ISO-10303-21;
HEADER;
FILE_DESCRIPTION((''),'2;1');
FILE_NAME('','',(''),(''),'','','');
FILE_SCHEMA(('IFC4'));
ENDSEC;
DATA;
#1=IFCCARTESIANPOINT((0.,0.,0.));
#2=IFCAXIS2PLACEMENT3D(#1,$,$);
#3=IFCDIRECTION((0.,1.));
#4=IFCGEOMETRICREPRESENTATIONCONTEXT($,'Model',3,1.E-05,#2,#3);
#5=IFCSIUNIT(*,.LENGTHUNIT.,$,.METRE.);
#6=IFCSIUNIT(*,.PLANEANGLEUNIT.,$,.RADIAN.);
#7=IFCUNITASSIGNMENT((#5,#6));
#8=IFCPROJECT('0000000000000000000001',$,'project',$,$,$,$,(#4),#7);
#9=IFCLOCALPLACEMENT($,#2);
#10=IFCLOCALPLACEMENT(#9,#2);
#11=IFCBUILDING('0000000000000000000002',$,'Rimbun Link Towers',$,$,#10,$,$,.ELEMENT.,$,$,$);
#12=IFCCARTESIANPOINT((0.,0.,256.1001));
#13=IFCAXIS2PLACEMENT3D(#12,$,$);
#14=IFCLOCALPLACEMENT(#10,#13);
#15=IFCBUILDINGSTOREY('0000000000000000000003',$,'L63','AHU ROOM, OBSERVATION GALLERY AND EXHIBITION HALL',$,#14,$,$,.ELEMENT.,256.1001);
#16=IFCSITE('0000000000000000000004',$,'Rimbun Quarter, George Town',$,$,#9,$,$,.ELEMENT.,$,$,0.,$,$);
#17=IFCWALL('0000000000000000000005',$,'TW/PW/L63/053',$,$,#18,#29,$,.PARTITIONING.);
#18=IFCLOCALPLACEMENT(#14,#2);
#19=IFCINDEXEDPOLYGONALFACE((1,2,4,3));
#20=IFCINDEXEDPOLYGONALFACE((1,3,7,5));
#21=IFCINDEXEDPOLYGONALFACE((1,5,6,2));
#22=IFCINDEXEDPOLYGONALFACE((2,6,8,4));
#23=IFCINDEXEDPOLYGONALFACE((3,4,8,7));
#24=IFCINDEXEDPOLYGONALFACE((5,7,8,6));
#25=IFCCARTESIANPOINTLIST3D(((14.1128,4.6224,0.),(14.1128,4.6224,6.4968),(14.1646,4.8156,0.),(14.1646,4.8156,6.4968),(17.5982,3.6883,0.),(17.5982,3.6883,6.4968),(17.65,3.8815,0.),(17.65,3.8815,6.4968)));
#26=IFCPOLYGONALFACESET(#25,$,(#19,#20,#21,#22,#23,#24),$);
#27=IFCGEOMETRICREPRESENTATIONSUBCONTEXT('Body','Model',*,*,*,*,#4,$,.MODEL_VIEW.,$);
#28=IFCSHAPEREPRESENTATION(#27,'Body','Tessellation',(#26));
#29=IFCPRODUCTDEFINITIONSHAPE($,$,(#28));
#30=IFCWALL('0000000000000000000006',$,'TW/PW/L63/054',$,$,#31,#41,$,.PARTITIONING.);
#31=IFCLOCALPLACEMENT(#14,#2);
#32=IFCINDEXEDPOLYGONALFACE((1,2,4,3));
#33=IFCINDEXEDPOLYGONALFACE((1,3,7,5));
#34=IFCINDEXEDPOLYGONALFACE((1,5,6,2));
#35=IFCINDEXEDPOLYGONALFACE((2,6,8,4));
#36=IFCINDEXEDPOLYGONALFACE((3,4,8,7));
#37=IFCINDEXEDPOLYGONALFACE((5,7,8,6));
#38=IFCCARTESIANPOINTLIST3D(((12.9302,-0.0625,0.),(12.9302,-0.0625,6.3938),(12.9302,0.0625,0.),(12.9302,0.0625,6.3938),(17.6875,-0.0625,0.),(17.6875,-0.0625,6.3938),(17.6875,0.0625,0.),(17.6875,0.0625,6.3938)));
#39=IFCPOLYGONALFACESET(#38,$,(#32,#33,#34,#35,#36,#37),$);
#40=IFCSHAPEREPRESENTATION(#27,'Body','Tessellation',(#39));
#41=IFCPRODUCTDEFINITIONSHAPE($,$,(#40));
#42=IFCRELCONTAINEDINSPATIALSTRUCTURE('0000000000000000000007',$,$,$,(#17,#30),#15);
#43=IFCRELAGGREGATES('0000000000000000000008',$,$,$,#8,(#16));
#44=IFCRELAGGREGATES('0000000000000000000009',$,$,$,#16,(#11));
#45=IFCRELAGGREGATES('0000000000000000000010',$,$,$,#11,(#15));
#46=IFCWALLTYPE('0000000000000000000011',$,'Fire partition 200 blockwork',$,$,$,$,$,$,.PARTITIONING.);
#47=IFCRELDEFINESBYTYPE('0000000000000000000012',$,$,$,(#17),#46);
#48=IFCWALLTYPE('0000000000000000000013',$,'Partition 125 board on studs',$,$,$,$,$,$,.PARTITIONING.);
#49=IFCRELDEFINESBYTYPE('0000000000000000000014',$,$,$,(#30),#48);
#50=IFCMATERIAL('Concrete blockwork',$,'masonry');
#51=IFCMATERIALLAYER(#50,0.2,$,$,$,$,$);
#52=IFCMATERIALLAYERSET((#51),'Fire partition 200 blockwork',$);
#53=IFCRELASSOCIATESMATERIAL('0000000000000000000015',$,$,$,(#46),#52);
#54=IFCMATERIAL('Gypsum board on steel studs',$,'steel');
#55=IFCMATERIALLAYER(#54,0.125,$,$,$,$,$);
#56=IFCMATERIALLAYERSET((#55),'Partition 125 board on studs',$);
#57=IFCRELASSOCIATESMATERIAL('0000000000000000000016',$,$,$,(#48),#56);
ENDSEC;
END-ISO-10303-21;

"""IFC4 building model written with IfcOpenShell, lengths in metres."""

from ifc_helpers import new_model, si_unit, direction, frame, frame_2d, origin, place, context, subcontext, project, spatial, rectangle, extrude, material, layer, layer_set, type_object, element, save


model = new_model("IFC4")

# Units and contexts
model_context = context("Model", 3, precision=1e-05, world=origin(), true_north=direction((0.0, 1.0)))
body_context = subcontext(model_context, "Body", "Model", "MODEL_VIEW")
ifc_project = project(units=[si_unit("LENGTHUNIT", "METRE"), si_unit("PLANEANGLEUNIT", "RADIAN")], contexts=[model_context])

# Site, building, storey
site_placement = place(None, origin())
site = spatial("IfcSite", under=ifc_project, at=site_placement, Name="Rimbun Quarter, George Town", CompositionType="ELEMENT", RefElevation=0.0)
building_placement = place(site_placement, origin())
building = spatial("IfcBuilding", under=site, at=building_placement, Name="Rimbun Link Towers", CompositionType="ELEMENT")
storey_placement = place(building_placement, frame((0.0, 0.0, 256.1001)))
storey = spatial("IfcBuildingStorey", under=building, at=storey_placement, Name="L63", Description="AHU ROOM, OBSERVATION GALLERY AND EXHIBITION HALL", CompositionType="ELEMENT", Elevation=256.1001)

# Walls
ifc_material_1 = material(Name="Concrete blockwork", Category="masonry")
ifc_layer_1 = layer(ifc_material_1, 0.2)
ifc_layer_set_1 = layer_set([ifc_layer_1], Name="Fire partition 200 blockwork")
wall_type_1 = type_object("IfcWallType", Name="Fire partition 200 blockwork", PredefinedType="PARTITIONING", material=ifc_layer_set_1)
wall_1_placement = place(storey_placement, frame((14.1387, 4.719, 0.0), z_axis=(0.0, 0.0, 1.0), x_axis=(0.965913, -0.258867, 0.0)))
element("IfcWall", 1, at=wall_1_placement, inside=storey, type_object=wall_type_1, Name="TW/PW/L63/053", PredefinedType="PARTITIONING", context=body_context, shape_type="SweptSolid", body=[
    extrude(rectangle(XDim=3.6084, YDim=0.2, at=frame_2d((1.8042, 0.0))), origin(), (0.0, 0.0, 1.0), 6.4968),
])
ifc_material_2 = material(Name="Gypsum board on steel studs", Category="steel")
ifc_layer_2 = layer(ifc_material_2, 0.125)
ifc_layer_set_2 = layer_set([ifc_layer_2], Name="Partition 125 board on studs")
wall_type_2 = type_object("IfcWallType", Name="Partition 125 board on studs", PredefinedType="PARTITIONING", material=ifc_layer_set_2)
wall_2_placement = place(storey_placement, frame((12.9302, 0.0, 0.0), z_axis=(0.0, 0.0, 1.0), x_axis=(1.0, 0.0, 0.0)))
element("IfcWall", 2, at=wall_2_placement, inside=storey, type_object=wall_type_2, Name="TW/PW/L63/054", PredefinedType="PARTITIONING", context=body_context, shape_type="SweptSolid", body=[
    extrude(rectangle(XDim=4.7573, YDim=0.125, at=frame_2d((2.3787, 0.0))), origin(), (0.0, 0.0, 1.0), 6.3938),
])

save(model, "model.ifc")
